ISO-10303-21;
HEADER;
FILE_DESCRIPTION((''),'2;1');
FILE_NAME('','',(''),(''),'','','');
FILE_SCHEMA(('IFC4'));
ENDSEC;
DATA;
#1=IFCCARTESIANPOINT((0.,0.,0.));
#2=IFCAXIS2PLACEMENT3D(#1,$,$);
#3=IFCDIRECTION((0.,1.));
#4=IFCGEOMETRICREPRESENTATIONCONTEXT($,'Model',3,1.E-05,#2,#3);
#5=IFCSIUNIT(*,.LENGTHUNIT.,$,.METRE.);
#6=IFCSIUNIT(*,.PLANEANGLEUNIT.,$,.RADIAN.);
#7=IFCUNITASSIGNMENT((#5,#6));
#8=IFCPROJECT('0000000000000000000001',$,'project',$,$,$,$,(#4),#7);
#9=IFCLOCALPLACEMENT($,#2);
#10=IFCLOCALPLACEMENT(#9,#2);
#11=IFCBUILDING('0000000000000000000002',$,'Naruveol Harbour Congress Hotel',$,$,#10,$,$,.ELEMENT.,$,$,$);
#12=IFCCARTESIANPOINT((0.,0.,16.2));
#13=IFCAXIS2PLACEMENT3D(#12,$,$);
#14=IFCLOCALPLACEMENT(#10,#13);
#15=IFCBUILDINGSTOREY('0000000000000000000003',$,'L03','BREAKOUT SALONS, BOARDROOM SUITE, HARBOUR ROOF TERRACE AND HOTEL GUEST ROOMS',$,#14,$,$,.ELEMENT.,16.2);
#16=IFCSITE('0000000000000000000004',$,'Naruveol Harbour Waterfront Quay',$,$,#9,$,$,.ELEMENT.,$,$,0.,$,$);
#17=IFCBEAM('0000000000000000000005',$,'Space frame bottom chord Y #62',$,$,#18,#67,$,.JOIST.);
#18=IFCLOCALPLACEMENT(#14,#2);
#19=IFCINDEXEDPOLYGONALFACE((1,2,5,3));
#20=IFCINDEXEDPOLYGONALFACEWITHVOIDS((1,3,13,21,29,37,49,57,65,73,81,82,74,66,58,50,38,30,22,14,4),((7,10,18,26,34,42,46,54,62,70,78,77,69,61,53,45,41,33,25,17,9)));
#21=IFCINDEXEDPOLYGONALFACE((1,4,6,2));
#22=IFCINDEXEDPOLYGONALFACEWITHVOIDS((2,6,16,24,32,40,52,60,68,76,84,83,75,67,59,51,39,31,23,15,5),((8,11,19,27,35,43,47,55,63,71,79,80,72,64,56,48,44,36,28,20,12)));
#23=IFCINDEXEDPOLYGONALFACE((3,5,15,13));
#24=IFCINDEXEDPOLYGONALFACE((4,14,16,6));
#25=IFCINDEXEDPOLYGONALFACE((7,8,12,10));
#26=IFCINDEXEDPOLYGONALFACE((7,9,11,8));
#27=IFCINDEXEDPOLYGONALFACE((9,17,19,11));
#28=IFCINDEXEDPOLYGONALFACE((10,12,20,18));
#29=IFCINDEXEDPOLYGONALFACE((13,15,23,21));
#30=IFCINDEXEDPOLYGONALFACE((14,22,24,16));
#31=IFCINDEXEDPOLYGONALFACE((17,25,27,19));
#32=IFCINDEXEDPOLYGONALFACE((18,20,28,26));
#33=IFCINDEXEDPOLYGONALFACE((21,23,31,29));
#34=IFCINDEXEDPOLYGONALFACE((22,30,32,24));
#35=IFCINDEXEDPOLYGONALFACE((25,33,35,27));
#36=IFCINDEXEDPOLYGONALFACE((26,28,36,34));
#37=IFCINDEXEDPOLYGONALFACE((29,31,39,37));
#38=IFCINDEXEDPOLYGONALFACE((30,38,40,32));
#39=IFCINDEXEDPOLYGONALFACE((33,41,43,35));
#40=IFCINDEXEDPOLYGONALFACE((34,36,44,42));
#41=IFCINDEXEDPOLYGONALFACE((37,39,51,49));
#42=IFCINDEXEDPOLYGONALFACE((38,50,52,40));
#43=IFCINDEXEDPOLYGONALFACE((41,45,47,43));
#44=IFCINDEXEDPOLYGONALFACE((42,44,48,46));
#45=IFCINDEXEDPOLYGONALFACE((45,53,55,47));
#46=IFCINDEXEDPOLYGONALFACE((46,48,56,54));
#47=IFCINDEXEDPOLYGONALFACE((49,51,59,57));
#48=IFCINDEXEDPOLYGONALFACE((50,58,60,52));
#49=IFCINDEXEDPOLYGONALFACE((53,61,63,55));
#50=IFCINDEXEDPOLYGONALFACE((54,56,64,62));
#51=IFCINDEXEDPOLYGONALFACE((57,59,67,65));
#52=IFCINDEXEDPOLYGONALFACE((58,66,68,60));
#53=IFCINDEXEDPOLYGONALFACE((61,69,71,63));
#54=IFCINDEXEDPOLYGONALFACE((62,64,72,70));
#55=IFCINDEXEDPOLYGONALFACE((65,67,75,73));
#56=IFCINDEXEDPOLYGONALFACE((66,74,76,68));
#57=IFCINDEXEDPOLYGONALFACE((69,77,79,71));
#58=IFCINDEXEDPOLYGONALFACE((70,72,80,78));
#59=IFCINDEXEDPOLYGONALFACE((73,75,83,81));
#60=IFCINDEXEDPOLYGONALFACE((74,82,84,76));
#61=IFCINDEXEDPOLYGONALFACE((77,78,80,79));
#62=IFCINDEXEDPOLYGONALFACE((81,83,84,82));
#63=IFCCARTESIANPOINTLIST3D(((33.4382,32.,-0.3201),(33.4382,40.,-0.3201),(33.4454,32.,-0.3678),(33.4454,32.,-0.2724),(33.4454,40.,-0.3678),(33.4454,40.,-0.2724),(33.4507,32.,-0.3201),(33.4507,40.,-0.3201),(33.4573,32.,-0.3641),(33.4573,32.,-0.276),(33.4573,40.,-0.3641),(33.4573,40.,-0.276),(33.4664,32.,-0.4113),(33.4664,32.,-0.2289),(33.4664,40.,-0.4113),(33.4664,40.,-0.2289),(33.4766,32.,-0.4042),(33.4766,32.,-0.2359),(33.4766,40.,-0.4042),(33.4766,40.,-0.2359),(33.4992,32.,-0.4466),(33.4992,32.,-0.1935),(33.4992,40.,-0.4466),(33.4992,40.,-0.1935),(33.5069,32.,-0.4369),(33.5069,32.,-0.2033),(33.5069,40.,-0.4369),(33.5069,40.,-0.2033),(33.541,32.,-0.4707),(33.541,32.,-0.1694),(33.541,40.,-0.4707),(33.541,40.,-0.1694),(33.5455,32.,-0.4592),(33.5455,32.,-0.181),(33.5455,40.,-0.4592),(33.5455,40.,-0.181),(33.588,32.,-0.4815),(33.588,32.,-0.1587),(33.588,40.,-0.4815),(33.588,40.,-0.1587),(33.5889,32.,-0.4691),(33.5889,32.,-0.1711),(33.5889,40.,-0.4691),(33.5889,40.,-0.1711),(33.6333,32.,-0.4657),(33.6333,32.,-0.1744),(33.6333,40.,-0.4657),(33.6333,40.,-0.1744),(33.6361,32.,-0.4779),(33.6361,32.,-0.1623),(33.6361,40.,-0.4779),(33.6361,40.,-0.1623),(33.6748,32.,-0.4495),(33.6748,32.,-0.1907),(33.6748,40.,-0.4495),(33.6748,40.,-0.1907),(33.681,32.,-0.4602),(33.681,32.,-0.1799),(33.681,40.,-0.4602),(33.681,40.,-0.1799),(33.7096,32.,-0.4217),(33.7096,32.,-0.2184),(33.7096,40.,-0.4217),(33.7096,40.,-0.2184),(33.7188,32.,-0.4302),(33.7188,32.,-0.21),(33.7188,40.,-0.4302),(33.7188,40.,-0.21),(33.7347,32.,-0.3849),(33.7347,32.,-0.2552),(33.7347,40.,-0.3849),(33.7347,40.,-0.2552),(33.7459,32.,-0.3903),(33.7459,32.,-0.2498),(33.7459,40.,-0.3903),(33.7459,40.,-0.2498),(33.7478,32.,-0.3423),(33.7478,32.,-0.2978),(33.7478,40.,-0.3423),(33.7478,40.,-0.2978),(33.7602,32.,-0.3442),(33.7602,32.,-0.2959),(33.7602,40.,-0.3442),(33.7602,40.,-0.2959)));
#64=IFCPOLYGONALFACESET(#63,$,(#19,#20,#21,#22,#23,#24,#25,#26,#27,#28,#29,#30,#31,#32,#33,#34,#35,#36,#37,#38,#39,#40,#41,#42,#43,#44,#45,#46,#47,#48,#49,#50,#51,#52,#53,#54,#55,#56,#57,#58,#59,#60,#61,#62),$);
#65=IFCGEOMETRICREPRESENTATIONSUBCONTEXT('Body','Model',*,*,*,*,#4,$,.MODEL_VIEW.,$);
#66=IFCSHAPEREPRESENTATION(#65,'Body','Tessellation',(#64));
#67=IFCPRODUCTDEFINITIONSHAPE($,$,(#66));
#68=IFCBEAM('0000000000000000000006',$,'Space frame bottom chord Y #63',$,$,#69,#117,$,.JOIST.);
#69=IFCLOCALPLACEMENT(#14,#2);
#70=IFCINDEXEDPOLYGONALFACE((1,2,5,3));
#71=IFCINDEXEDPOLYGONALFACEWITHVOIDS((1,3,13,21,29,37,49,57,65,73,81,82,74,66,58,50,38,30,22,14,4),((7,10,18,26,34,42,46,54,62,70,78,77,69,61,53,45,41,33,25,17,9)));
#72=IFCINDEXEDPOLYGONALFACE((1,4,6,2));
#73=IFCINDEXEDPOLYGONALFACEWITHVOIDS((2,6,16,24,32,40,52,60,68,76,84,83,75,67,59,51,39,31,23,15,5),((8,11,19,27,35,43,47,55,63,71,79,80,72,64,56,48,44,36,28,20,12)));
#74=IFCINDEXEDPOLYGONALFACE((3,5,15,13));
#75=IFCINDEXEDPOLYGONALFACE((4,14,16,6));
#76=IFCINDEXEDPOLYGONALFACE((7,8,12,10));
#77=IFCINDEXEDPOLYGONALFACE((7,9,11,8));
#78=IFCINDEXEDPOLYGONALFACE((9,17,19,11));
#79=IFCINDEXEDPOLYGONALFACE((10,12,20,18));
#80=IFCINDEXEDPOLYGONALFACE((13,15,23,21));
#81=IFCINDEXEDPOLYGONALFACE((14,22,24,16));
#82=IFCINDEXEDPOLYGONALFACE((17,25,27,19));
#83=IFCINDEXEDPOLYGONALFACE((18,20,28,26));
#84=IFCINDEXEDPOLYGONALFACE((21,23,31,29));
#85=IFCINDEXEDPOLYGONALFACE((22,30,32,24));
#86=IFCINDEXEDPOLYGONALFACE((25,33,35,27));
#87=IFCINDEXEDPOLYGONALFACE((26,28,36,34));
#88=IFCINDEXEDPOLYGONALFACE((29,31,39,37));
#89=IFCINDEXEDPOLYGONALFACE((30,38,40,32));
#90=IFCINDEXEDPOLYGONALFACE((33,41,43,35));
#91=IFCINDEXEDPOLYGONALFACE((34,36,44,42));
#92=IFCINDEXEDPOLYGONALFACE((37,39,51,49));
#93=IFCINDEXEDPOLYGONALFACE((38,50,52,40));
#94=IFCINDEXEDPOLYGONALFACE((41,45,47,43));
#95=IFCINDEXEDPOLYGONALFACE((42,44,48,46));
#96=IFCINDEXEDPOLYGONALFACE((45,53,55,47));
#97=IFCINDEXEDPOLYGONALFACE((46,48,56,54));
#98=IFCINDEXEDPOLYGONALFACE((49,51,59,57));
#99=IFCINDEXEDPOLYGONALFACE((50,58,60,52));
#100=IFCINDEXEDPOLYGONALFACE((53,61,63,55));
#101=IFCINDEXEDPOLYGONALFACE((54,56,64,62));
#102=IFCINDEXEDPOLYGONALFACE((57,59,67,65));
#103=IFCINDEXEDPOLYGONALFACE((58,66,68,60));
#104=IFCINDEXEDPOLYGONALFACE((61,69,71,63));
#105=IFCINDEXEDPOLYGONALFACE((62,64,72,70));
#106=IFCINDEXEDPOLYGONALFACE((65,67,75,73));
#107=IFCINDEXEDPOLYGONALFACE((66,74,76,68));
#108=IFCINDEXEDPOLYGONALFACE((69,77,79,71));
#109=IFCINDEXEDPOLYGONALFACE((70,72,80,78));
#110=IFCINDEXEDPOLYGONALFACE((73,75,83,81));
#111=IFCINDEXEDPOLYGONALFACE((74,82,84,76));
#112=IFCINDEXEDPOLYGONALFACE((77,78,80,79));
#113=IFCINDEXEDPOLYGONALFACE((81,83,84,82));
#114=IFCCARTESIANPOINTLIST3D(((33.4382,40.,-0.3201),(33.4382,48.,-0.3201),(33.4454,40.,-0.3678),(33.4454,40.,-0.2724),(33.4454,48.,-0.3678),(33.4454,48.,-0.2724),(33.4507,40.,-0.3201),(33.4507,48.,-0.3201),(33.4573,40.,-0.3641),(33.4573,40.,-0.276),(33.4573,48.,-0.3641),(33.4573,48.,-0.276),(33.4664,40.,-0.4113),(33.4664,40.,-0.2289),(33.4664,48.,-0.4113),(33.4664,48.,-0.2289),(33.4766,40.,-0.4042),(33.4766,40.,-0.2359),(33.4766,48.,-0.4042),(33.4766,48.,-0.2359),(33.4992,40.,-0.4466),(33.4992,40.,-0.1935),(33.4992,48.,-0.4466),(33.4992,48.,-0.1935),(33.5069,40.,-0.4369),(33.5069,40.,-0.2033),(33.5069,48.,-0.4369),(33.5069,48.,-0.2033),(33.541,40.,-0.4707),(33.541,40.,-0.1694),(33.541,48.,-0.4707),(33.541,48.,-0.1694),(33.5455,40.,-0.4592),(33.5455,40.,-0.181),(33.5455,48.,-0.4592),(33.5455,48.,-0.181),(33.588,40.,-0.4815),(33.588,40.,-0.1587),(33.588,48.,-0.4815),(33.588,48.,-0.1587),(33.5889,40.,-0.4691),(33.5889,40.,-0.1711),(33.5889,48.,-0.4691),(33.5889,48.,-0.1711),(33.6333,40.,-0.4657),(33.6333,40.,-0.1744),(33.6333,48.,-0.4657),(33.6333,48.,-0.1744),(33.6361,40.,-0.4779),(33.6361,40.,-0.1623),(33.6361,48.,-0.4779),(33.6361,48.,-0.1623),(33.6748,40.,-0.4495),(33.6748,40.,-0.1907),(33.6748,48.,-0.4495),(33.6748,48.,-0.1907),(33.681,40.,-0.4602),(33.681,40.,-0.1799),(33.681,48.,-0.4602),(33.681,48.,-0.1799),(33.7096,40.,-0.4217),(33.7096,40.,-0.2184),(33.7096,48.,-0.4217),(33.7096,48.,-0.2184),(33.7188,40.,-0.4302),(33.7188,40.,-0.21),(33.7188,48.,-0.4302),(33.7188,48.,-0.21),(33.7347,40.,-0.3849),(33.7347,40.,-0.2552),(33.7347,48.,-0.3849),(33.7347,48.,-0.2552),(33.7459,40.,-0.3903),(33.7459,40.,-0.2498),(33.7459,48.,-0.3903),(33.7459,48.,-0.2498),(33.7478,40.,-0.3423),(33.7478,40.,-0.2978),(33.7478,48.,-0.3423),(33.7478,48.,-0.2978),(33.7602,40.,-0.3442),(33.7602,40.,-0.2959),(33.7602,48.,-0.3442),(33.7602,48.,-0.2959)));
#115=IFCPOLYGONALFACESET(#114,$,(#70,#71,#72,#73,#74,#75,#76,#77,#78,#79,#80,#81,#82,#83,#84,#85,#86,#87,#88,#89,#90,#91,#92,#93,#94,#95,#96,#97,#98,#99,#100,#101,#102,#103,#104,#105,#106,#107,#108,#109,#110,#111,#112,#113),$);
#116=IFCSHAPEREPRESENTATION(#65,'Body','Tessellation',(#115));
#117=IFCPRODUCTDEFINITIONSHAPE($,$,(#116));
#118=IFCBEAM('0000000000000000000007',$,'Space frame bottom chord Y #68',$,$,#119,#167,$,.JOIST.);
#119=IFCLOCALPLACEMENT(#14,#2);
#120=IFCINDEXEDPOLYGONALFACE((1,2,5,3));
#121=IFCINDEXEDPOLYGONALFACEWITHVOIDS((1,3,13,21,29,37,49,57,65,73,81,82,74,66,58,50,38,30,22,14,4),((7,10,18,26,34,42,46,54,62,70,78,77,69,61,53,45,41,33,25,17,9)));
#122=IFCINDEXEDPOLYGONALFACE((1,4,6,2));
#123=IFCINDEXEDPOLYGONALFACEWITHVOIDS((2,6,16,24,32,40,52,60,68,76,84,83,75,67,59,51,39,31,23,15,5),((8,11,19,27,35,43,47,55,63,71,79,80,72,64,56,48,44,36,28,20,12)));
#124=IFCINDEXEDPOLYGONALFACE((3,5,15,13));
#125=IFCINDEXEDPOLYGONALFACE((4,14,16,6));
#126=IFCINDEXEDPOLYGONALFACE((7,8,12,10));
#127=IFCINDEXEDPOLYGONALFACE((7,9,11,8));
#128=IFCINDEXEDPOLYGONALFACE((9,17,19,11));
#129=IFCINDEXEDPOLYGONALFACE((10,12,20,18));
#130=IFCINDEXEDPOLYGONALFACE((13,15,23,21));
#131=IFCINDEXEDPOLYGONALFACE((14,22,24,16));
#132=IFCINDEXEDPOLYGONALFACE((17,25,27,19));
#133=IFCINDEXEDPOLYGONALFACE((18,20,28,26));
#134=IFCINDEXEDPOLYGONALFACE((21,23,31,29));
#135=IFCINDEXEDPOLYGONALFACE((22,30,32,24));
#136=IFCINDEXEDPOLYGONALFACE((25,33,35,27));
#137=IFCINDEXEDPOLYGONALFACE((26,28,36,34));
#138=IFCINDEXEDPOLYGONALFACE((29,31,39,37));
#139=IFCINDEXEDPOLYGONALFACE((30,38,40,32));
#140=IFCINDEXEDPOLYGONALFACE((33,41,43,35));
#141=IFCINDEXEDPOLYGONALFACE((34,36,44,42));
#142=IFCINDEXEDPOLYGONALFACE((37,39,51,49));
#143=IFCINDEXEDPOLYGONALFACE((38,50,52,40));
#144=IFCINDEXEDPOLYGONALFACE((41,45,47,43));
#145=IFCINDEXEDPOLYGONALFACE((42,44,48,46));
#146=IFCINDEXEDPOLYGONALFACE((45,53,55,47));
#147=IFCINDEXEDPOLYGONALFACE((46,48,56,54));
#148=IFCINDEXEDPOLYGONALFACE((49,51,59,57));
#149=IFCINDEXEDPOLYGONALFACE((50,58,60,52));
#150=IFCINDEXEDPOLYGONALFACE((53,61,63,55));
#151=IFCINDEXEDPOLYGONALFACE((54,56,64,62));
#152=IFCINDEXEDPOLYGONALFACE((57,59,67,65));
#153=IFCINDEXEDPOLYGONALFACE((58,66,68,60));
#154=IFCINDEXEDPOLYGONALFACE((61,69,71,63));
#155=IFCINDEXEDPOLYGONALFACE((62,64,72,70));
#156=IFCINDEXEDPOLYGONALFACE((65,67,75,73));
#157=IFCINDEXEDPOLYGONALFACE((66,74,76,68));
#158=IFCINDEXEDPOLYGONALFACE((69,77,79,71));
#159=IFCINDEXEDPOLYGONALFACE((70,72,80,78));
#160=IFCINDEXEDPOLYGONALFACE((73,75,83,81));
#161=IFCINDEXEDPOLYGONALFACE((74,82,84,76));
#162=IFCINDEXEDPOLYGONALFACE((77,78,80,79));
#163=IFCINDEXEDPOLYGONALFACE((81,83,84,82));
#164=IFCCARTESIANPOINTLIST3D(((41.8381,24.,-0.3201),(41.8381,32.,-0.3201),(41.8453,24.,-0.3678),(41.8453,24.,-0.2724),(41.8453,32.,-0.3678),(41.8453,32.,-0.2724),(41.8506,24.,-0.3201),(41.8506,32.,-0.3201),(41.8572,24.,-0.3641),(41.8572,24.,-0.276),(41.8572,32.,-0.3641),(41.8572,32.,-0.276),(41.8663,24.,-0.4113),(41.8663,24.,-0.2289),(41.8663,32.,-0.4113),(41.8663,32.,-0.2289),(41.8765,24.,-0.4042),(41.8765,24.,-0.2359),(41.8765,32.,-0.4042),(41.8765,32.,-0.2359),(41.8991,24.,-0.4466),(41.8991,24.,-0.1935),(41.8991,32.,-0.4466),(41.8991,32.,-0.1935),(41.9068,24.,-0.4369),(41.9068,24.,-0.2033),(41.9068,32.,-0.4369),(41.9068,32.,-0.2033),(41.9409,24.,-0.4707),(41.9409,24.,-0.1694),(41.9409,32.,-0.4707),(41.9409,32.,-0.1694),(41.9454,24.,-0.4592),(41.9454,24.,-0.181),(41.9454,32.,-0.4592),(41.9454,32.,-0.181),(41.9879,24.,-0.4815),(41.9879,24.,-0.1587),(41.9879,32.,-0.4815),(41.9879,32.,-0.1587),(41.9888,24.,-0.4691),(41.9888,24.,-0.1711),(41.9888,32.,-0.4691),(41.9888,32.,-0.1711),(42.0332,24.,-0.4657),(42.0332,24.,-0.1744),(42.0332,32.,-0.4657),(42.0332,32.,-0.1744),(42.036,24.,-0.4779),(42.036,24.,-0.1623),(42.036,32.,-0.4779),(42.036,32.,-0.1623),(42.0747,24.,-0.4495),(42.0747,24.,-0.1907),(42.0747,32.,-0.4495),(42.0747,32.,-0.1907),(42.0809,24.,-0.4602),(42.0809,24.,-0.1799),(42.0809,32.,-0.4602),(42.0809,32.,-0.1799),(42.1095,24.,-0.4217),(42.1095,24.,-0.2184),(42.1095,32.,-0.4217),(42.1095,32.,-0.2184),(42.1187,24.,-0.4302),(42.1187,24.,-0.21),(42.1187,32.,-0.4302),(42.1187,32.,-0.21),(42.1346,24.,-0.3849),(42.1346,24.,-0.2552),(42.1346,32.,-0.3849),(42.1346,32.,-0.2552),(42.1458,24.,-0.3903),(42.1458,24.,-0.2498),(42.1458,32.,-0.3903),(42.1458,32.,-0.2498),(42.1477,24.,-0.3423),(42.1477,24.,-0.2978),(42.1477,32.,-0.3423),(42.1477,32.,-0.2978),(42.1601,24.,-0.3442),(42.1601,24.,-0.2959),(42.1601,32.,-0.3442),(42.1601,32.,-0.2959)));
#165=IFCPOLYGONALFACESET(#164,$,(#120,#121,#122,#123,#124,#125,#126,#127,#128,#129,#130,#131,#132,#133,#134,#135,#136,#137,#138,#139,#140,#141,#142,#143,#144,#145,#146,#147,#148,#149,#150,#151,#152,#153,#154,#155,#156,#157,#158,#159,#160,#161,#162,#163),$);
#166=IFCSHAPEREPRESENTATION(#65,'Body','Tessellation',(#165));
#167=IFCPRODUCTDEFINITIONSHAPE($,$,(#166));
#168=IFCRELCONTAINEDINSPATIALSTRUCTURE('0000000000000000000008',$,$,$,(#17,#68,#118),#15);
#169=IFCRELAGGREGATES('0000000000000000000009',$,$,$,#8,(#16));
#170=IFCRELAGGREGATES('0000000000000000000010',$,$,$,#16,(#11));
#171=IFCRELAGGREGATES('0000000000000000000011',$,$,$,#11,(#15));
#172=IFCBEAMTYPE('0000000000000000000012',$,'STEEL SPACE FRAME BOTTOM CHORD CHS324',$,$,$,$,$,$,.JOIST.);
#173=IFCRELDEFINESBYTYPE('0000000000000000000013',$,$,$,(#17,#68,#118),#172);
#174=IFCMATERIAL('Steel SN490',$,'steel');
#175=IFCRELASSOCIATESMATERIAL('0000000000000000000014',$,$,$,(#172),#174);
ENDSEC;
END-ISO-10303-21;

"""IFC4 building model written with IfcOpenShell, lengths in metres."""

from ifc_helpers import new_model, si_unit, direction, frame, origin, origin_2d, place, context, subcontext, project, spatial, hollow_circle, extrude, material, material_profile, profile_set, type_object, element, save


model = new_model("IFC4")

# Units and contexts
model_context = context("Model", 3, precision=1e-05, world=origin(), true_north=direction((0.0, 1.0)))
body_context = subcontext(model_context, "Body", "Model", "MODEL_VIEW")
ifc_project = project(units=[si_unit("LENGTHUNIT", "METRE"), si_unit("PLANEANGLEUNIT", "RADIAN")], contexts=[model_context])

# Site, building, storey
site_placement = place(None, origin())
site = spatial("IfcSite", under=ifc_project, at=site_placement, Name="Naruveol Harbour Waterfront Quay", CompositionType="ELEMENT", RefElevation=0.0)
building_placement = place(site_placement, origin())
building = spatial("IfcBuilding", under=site, at=building_placement, Name="Naruveol Harbour Congress Hotel", CompositionType="ELEMENT")
storey_placement = place(building_placement, frame((0.0, 0.0, 16.2)))
storey = spatial("IfcBuildingStorey", under=building, at=storey_placement, Name="L03", Description="BREAKOUT SALONS, BOARDROOM SUITE, HARBOUR ROOF TERRACE AND HOTEL GUEST ROOMS", CompositionType="ELEMENT", Elevation=16.2)

# Beams
ifc_material_1 = material(Name="Steel SN490", Category="steel")
ifc_material_profile_1 = material_profile(ifc_material_1, hollow_circle(Radius=0.1619, WallThickness=0.0125, at=origin_2d()), Name="CHS-323.9x12.5")
ifc_profile_set_1 = profile_set([ifc_material_profile_1], Name="Steel SN490")
beam_type_1 = type_object("IfcBeamType", Name="STEEL SPACE FRAME BOTTOM CHORD CHS324", PredefinedType="JOIST", material=ifc_profile_set_1)
for number, where, z_axis, x_axis, name in (
    (1, (33.6001, 32.0, -0.3201), (0.0, 1.0, 0.0), (-1.0, 0.0, 0.0), "Space frame bottom chord Y #62"),
    (2, (33.6001, 40.0, -0.3201), (0.0, 1.0, 0.0), (-1.0, 0.0, 0.0), "Space frame bottom chord Y #63"),
    (3, (42.0, 24.0, -0.3201), (0.0, 1.0, 0.0), (-1.0, 0.0, 0.0), "Space frame bottom chord Y #68"),
):
    element("IfcBeam", number, at=place(storey_placement, frame(where, z_axis=z_axis, x_axis=x_axis)), inside=storey, type_object=beam_type_1, Name=name, PredefinedType="JOIST", context=body_context, shape_type="SweptSolid", body=[
        extrude(hollow_circle(Radius=0.1619, WallThickness=0.0125, at=origin_2d()), origin(), (0.0, 0.0, 1.0), 8.0),
    ])

save(model, "model.ifc")
